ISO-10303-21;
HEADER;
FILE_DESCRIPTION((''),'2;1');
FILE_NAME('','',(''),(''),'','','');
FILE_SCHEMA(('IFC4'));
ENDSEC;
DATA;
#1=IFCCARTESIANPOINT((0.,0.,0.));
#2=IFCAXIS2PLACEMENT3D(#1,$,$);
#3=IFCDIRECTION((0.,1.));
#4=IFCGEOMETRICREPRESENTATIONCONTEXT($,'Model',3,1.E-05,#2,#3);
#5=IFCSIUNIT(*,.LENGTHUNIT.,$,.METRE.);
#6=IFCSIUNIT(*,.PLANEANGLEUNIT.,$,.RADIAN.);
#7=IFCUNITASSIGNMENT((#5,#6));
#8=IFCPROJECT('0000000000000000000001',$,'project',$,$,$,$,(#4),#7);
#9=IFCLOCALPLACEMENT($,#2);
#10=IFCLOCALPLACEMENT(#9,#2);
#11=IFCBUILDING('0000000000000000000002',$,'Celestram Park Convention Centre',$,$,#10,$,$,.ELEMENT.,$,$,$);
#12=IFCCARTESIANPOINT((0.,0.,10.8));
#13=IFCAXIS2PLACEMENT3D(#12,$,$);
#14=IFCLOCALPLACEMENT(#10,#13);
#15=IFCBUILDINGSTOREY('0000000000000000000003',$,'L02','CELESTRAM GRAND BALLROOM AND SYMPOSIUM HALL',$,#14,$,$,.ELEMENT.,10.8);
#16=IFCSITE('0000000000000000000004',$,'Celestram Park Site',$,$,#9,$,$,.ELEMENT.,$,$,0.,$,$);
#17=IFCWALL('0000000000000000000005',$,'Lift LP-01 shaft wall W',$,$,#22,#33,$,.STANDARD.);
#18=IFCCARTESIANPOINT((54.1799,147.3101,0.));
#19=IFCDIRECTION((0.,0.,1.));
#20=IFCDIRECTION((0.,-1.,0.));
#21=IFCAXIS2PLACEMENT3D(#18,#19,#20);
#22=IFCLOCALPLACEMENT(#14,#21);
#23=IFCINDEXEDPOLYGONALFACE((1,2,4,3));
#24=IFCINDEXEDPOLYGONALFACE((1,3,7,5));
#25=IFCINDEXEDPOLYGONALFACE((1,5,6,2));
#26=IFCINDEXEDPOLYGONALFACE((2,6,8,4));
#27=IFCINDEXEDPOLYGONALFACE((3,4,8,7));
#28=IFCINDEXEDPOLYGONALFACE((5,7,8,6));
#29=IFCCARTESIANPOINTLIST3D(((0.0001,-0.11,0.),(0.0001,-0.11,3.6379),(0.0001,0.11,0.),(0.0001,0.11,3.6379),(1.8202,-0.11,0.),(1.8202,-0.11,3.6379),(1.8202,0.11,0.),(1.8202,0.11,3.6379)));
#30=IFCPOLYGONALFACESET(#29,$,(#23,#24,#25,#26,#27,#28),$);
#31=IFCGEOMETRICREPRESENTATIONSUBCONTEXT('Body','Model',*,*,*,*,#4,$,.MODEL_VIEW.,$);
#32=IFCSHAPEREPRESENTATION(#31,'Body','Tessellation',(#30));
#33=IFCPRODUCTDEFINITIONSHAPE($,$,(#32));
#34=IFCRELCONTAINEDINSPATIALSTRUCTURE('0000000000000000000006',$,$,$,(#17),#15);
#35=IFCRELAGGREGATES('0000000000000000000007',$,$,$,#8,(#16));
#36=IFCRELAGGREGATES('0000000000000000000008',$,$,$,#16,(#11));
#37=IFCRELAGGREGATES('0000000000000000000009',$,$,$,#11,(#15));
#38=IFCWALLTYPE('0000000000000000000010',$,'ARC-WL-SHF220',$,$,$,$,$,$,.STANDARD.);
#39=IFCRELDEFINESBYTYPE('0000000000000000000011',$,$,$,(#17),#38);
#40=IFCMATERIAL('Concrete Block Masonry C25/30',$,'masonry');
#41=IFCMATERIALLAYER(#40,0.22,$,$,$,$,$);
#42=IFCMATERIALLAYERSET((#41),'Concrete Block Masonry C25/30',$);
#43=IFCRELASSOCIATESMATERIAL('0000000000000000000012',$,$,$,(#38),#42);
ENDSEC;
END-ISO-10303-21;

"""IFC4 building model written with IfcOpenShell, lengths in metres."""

from ifc_helpers import new_model, si_unit, direction, frame, frame_2d, origin, place, context, subcontext, project, spatial, rectangle, extrude, material, layer, layer_set, type_object, element, save


model = new_model("IFC4")

# Units and contexts
model_context = context("Model", 3, precision=1e-05, world=origin(), true_north=direction((0.0, 1.0)))
body_context = subcontext(model_context, "Body", "Model", "MODEL_VIEW")
ifc_project = project(units=[si_unit("LENGTHUNIT", "METRE"), si_unit("PLANEANGLEUNIT", "RADIAN")], contexts=[model_context])

# Site, building, storey
site_placement = place(None, origin())
site = spatial("IfcSite", under=ifc_project, at=site_placement, Name="Celestram Park Site", CompositionType="ELEMENT", RefElevation=0.0)
building_placement = place(site_placement, origin())
building = spatial("IfcBuilding", under=site, at=building_placement, Name="Celestram Park Convention Centre", CompositionType="ELEMENT")
storey_placement = place(building_placement, frame((0.0, 0.0, 10.8)))
storey = spatial("IfcBuildingStorey", under=building, at=storey_placement, Name="L02", Description="CELESTRAM GRAND BALLROOM AND SYMPOSIUM HALL", CompositionType="ELEMENT", Elevation=10.8)

# Shared definitions
ifc_material_1 = material(Name="Concrete Block Masonry C25/30", Category="masonry")

# Shared definitions
ifc_layer_1 = layer(ifc_material_1, 0.22)
ifc_layer_set_1 = layer_set([ifc_layer_1], Name="Concrete Block Masonry C25/30")
wall_type_1 = type_object("IfcWallType", Name="ARC-WL-SHF220", PredefinedType="STANDARD", material=ifc_layer_set_1)

# Wall
wall_1_placement = place(storey_placement, frame((54.1799, 147.3101, 0.0), z_axis=(0.0, 0.0, 1.0), x_axis=(0.0, -1.0, 0.0)))
element("IfcWall", 1, at=wall_1_placement, inside=storey, type_object=wall_type_1, Name="Lift LP-01 shaft wall W", PredefinedType="STANDARD", context=body_context, shape_type="SweptSolid", body=[
    extrude(rectangle(XDim=1.8201, YDim=0.22, at=frame_2d((0.9102, 0.0))), origin(), (0.0, 0.0, 1.0), 3.6379),
])

save(model, "model.ifc")
